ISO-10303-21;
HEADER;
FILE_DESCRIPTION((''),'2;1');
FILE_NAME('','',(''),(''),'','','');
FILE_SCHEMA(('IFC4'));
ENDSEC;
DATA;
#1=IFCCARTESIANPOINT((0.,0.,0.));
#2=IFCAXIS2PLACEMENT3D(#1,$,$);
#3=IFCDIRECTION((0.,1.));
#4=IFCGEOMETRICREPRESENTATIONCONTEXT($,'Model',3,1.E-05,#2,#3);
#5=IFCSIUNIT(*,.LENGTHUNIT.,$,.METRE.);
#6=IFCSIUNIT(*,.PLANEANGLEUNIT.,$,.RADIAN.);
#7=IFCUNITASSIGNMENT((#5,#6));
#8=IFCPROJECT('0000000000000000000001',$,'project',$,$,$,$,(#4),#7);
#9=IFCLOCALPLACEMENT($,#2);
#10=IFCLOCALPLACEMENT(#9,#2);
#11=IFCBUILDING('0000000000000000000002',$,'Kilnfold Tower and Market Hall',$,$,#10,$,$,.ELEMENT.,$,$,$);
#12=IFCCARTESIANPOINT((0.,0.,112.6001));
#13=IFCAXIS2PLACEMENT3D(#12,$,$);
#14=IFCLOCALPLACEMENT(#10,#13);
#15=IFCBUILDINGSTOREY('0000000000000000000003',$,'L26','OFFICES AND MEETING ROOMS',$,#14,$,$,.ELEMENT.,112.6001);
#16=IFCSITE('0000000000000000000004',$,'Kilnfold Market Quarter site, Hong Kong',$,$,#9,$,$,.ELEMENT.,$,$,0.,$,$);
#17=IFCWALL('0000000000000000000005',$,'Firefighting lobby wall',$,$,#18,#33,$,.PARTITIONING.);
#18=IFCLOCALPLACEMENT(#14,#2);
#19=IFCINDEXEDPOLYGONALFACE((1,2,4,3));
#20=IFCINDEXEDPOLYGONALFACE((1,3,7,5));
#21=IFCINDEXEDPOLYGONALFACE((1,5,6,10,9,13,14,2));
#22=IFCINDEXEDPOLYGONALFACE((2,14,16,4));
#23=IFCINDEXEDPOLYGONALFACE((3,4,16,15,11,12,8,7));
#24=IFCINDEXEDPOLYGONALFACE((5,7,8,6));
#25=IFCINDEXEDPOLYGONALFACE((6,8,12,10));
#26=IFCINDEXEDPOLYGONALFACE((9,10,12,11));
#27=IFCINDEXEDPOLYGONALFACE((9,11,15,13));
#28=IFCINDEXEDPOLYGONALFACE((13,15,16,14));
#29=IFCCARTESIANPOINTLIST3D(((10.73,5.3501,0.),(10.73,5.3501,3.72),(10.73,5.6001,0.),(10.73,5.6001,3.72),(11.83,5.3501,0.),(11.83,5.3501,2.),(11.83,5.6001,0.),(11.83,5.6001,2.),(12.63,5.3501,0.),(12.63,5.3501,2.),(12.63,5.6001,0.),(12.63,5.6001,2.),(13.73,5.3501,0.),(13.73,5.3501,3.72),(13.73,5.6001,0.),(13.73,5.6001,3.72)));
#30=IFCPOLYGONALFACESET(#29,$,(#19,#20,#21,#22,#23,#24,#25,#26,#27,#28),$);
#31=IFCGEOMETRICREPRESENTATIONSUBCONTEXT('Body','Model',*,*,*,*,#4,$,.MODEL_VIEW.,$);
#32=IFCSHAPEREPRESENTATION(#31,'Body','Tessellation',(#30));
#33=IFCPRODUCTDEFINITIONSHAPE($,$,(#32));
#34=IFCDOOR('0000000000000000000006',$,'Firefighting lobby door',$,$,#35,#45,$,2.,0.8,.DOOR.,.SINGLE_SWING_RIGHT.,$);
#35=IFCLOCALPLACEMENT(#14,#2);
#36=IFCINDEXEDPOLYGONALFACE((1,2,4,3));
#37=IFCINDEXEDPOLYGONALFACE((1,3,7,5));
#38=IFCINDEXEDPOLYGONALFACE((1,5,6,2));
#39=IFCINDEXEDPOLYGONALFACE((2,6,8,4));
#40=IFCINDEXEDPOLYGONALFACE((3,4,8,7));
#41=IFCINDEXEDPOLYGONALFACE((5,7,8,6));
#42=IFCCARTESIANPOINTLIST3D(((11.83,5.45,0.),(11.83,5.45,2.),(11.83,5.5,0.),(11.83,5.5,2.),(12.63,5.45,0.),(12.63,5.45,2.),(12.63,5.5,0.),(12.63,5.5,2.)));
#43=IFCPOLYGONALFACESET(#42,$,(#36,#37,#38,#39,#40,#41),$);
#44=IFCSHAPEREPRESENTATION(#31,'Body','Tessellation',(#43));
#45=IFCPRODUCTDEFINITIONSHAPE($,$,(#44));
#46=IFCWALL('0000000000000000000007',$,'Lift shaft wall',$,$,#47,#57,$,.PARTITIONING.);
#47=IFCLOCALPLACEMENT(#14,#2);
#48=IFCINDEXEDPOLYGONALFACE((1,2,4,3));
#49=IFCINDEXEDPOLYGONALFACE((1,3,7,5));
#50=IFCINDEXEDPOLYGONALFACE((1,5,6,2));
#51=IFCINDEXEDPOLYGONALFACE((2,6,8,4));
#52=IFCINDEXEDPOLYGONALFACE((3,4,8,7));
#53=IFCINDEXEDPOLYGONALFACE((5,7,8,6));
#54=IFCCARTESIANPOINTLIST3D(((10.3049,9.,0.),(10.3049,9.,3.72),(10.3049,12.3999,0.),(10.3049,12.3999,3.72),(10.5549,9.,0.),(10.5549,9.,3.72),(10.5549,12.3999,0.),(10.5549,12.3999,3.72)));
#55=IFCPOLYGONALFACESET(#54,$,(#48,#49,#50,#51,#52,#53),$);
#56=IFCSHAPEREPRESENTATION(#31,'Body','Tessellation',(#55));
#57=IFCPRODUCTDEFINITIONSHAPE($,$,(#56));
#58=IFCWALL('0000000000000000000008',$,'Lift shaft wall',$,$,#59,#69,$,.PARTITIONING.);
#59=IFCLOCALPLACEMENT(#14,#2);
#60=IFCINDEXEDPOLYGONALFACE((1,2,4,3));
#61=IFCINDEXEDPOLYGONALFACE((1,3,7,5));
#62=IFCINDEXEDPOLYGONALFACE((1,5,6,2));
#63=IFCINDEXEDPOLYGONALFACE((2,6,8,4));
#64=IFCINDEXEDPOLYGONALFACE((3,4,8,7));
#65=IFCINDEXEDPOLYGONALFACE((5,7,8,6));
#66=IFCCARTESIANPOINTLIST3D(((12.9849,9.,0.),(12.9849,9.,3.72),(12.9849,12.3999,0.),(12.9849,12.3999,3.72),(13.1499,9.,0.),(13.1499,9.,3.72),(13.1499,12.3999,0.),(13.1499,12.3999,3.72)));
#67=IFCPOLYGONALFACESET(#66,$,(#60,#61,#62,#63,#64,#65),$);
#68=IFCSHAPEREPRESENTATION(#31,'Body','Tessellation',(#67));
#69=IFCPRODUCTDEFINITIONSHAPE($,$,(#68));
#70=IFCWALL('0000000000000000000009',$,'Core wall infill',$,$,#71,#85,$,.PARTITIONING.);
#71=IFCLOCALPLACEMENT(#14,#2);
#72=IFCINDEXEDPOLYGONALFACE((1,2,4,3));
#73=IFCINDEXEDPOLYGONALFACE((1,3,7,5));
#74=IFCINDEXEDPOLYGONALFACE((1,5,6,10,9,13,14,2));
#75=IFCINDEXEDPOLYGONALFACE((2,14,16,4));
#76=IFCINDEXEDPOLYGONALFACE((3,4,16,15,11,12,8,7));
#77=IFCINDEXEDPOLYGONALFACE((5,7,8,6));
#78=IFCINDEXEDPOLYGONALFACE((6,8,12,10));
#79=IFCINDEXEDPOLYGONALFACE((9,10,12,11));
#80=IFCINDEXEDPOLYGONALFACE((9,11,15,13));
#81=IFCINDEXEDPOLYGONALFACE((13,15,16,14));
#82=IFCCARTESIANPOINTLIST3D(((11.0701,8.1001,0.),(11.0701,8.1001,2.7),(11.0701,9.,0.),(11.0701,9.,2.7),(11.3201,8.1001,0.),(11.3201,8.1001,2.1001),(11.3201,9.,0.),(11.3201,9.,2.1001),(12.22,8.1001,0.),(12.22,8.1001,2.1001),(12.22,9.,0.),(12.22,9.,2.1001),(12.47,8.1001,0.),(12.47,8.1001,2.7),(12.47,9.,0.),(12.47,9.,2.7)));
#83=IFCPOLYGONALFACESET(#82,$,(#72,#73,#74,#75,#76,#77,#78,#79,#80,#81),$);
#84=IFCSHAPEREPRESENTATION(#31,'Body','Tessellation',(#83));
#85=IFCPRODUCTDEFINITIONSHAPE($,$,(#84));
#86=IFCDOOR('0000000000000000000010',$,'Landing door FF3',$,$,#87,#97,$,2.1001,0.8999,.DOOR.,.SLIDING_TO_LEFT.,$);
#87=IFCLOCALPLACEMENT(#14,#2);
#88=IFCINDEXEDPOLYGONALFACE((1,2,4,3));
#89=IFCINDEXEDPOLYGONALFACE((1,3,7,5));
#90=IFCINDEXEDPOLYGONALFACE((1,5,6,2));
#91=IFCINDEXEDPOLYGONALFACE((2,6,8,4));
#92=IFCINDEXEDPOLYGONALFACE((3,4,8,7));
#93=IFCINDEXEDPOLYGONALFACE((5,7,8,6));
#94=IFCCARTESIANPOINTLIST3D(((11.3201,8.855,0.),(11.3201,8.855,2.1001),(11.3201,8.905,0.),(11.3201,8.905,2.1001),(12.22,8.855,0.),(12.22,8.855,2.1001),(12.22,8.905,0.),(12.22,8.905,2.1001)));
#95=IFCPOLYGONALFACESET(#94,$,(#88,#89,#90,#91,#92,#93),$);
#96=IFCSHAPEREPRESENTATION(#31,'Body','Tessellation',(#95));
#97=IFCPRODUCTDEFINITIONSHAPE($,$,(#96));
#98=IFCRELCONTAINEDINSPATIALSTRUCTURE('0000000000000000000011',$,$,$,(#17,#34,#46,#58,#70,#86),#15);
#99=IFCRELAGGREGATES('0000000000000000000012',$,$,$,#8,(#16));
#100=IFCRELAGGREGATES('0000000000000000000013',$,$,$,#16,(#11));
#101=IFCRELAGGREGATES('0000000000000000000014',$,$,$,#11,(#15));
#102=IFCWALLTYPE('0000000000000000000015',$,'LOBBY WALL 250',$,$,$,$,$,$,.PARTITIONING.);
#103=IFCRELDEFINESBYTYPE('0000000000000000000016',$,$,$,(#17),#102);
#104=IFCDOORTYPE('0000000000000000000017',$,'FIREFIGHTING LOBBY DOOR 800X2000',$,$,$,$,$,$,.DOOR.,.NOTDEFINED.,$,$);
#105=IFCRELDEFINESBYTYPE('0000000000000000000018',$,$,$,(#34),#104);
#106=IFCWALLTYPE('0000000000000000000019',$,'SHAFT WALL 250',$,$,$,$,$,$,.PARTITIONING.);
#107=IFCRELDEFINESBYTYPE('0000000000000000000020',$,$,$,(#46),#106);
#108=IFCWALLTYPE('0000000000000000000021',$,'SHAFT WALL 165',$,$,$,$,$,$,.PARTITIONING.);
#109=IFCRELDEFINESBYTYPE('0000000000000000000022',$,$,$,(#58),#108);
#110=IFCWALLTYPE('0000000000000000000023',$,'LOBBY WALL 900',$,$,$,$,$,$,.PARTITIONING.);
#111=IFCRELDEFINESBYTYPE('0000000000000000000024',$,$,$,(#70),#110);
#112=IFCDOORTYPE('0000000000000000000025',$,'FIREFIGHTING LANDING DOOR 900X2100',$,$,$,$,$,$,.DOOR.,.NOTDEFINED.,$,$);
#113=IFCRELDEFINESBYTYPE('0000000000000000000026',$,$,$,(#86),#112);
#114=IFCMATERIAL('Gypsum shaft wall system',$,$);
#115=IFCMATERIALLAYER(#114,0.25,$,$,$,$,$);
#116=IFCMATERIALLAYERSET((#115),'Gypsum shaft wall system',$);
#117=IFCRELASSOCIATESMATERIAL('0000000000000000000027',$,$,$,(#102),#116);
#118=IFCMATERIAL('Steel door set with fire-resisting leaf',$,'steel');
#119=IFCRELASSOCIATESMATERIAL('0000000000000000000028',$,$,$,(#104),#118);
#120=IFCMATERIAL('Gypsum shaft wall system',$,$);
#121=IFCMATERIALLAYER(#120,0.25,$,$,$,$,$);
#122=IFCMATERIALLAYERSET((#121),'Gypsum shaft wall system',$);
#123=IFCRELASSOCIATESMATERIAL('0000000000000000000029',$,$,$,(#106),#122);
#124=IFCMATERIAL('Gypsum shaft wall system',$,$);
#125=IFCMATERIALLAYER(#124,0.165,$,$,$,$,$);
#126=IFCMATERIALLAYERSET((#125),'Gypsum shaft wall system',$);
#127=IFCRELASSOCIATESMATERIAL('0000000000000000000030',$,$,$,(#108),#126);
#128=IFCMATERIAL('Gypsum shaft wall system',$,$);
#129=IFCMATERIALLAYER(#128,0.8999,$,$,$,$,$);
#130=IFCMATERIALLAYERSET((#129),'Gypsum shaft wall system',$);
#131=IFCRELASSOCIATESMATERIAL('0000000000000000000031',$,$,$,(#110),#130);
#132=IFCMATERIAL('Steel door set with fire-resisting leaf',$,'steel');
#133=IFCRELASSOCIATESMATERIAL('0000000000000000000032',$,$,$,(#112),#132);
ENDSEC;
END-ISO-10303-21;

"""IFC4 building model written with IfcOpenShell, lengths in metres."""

from ifc_helpers import new_model, si_unit, direction, frame, frame_2d, origin, place, context, subcontext, project, spatial, rectangle, extrude, source, transform, mapped, material, layer, layer_set, type_object, element, fill, save


model = new_model("IFC4")

# Units and contexts
model_context = context("Model", 3, precision=1e-05, world=origin(), true_north=direction((0.0, 1.0)))
body_context = subcontext(model_context, "Body", "Model", "MODEL_VIEW")
ifc_project = project(units=[si_unit("LENGTHUNIT", "METRE"), si_unit("PLANEANGLEUNIT", "RADIAN")], contexts=[model_context])

# Site, building, storey
site_placement = place(None, origin())
site = spatial("IfcSite", under=ifc_project, at=site_placement, Name="Kilnfold Market Quarter site, Hong Kong", CompositionType="ELEMENT", RefElevation=0.0)
building_placement = place(site_placement, origin())
building = spatial("IfcBuilding", under=site, at=building_placement, Name="Kilnfold Tower and Market Hall", CompositionType="ELEMENT")
storey_placement = place(building_placement, frame((0.0, 0.0, 112.6001)))
storey = spatial("IfcBuildingStorey", under=building, at=storey_placement, Name="L26", Description="OFFICES AND MEETING ROOMS", CompositionType="ELEMENT", Elevation=112.6001)

# Shared definitions
ifc_material_1 = material(Name="Gypsum shaft wall system")
ifc_layer_1 = layer(ifc_material_1, 0.25)
ifc_layer_set_1 = layer_set([ifc_layer_1], Name="Gypsum shaft wall system")
wall_type_1 = type_object("IfcWallType", Name="LOBBY WALL 250", PredefinedType="PARTITIONING", material=ifc_layer_set_1)

# Wall, opening, door
shared_shape_1 = source(origin(), body_context, "Body", "SweptSolid", [
    extrude(rectangle(XDim=3.0, YDim=0.25, at=frame_2d((1.5, 0.0))), origin(), (0.0, 0.0, 1.0), 3.72),
])
wall_1_placement = place(storey_placement, frame((10.73, 5.4751, 0.0), z_axis=(0.0, 0.0, 1.0), x_axis=(1.0, 0.0, 0.0)))
wall_1 = element("IfcWall", 1, at=wall_1_placement, inside=storey, type_object=wall_type_1, Name="Firefighting lobby wall", PredefinedType="PARTITIONING", context=body_context, shape_type="MappedRepresentation", body=[
    mapped(shared_shape_1, transform((0.0, 0.0, 0.0))),
])
opening_1_placement = place(wall_1_placement, frame((1.1001, 0.0, 0.0)))
opening_1 = element("IfcOpeningElement", 2, at=opening_1_placement, cuts=wall_1, PredefinedType="OPENING", context=body_context, shape_type="SweptSolid", body=[
    extrude(rectangle(XDim=0.8, YDim=2.0, at=frame_2d((0.3999, 1.0))), frame((0.0, 0.135, 0.0), z_axis=(0.0, -1.0, 0.0), x_axis=(1.0, 0.0, 0.0)), (0.0, 0.0, 1.0), 0.27),
])
ifc_material_2 = material(Name="Steel door set with fire-resisting leaf", Category="steel")
door_type_1 = type_object("IfcDoorType", Name="FIREFIGHTING LOBBY DOOR 800X2000", OperationType="NOTDEFINED", PredefinedType="DOOR", material=ifc_material_2)
door_1_placement = place(opening_1_placement, origin())
door_1 = element("IfcDoor", 3, at=door_1_placement, inside=storey, type_object=door_type_1, Name="Firefighting lobby door", OperationType="SINGLE_SWING_RIGHT", OverallHeight=2.0, OverallWidth=0.8, PredefinedType="DOOR", context=body_context, shape_type="SweptSolid", body=[
    extrude(rectangle(XDim=0.8, YDim=2.0, at=frame_2d((0.3999, 1.0))), frame((0.0, 0.0249, 0.0), z_axis=(0.0, -1.0, 0.0), x_axis=(1.0, 0.0, 0.0)), (0.0, 0.0, 1.0), 0.05),
])
fill(opening_1, door_1)

# Walls
ifc_material_3 = material(Name="Gypsum shaft wall system")
ifc_layer_2 = layer(ifc_material_3, 0.25)
ifc_layer_set_2 = layer_set([ifc_layer_2], Name="Gypsum shaft wall system")
wall_type_2 = type_object("IfcWallType", Name="SHAFT WALL 250", PredefinedType="PARTITIONING", material=ifc_layer_set_2)
shared_shape_2 = source(origin(), body_context, "Body", "SweptSolid", [
    extrude(rectangle(XDim=3.3999, YDim=0.25, at=frame_2d((1.7, 0.0))), origin(), (0.0, 0.0, 1.0), 3.72),
])
wall_2_placement = place(storey_placement, frame((10.4299, 9.0, 0.0), z_axis=(0.0, 0.0, 1.0), x_axis=(0.0, 1.0, 0.0)))
element("IfcWall", 4, at=wall_2_placement, inside=storey, type_object=wall_type_2, Name="Lift shaft wall", PredefinedType="PARTITIONING", context=body_context, shape_type="MappedRepresentation", body=[
    mapped(shared_shape_2, transform((0.0, 0.0, 0.0))),
])
ifc_material_4 = material(Name="Gypsum shaft wall system")
ifc_layer_3 = layer(ifc_material_4, 0.165)
ifc_layer_set_3 = layer_set([ifc_layer_3], Name="Gypsum shaft wall system")
wall_type_3 = type_object("IfcWallType", Name="SHAFT WALL 165", PredefinedType="PARTITIONING", material=ifc_layer_set_3)
shared_shape_3 = source(origin(), body_context, "Body", "SweptSolid", [
    extrude(rectangle(XDim=3.3999, YDim=0.165, at=frame_2d((1.7, 0.0))), origin(), (0.0, 0.0, 1.0), 3.72),
])
wall_3_placement = place(storey_placement, frame((13.0674, 9.0, 0.0), z_axis=(0.0, 0.0, 1.0), x_axis=(0.0, 1.0, 0.0)))
element("IfcWall", 5, at=wall_3_placement, inside=storey, type_object=wall_type_3, Name="Lift shaft wall", PredefinedType="PARTITIONING", context=body_context, shape_type="MappedRepresentation", body=[
    mapped(shared_shape_3, transform((0.0, 0.0, 0.0))),
])

# Wall, opening, door
ifc_material_5 = material(Name="Gypsum shaft wall system")
ifc_layer_4 = layer(ifc_material_5, 0.8999)
ifc_layer_set_4 = layer_set([ifc_layer_4], Name="Gypsum shaft wall system")
wall_type_4 = type_object("IfcWallType", Name="LOBBY WALL 900", PredefinedType="PARTITIONING", material=ifc_layer_set_4)
shared_shape_4 = source(origin(), body_context, "Body", "SweptSolid", [
    extrude(rectangle(XDim=1.3999, YDim=0.8999, at=frame_2d((0.7, 0.0))), origin(), (0.0, 0.0, 1.0), 2.7),
])
wall_4_placement = place(storey_placement, frame((11.0701, 8.55, 0.0), z_axis=(0.0, 0.0, 1.0), x_axis=(1.0, 0.0, 0.0)))
wall_4 = element("IfcWall", 6, at=wall_4_placement, inside=storey, type_object=wall_type_4, Name="Core wall infill", PredefinedType="PARTITIONING", context=body_context, shape_type="MappedRepresentation", body=[
    mapped(shared_shape_4, transform((0.0, 0.0, 0.0))),
])
opening_2_placement = place(wall_4_placement, frame((0.25, 0.0, 0.0)))
opening_2 = element("IfcOpeningElement", 7, at=opening_2_placement, cuts=wall_4, PredefinedType="OPENING", context=body_context, shape_type="SweptSolid", body=[
    extrude(rectangle(XDim=0.8999, YDim=2.1001, at=frame_2d((0.45, 1.05))), frame((0.0, 0.46, 0.0), z_axis=(0.0, -1.0, 0.0), x_axis=(1.0, 0.0, 0.0)), (0.0, 0.0, 1.0), 0.9199),
])
ifc_material_6 = material(Name="Steel door set with fire-resisting leaf", Category="steel")
door_type_2 = type_object("IfcDoorType", Name="FIREFIGHTING LANDING DOOR 900X2100", OperationType="NOTDEFINED", PredefinedType="DOOR", material=ifc_material_6)
door_2_placement = place(opening_2_placement, origin())
door_2 = element("IfcDoor", 8, at=door_2_placement, inside=storey, type_object=door_type_2, Name="Landing door FF3", OperationType="SLIDING_TO_LEFT", OverallHeight=2.1001, OverallWidth=0.8999, PredefinedType="DOOR", context=body_context, shape_type="SweptSolid", body=[
    extrude(rectangle(XDim=0.8999, YDim=2.1001, at=frame_2d((0.45, 1.05))), frame((0.0, 0.355, 0.0), z_axis=(0.0, -1.0, 0.0), x_axis=(1.0, 0.0, 0.0)), (0.0, 0.0, 1.0), 0.05),
])
fill(opening_2, door_2)

save(model, "model.ifc")
